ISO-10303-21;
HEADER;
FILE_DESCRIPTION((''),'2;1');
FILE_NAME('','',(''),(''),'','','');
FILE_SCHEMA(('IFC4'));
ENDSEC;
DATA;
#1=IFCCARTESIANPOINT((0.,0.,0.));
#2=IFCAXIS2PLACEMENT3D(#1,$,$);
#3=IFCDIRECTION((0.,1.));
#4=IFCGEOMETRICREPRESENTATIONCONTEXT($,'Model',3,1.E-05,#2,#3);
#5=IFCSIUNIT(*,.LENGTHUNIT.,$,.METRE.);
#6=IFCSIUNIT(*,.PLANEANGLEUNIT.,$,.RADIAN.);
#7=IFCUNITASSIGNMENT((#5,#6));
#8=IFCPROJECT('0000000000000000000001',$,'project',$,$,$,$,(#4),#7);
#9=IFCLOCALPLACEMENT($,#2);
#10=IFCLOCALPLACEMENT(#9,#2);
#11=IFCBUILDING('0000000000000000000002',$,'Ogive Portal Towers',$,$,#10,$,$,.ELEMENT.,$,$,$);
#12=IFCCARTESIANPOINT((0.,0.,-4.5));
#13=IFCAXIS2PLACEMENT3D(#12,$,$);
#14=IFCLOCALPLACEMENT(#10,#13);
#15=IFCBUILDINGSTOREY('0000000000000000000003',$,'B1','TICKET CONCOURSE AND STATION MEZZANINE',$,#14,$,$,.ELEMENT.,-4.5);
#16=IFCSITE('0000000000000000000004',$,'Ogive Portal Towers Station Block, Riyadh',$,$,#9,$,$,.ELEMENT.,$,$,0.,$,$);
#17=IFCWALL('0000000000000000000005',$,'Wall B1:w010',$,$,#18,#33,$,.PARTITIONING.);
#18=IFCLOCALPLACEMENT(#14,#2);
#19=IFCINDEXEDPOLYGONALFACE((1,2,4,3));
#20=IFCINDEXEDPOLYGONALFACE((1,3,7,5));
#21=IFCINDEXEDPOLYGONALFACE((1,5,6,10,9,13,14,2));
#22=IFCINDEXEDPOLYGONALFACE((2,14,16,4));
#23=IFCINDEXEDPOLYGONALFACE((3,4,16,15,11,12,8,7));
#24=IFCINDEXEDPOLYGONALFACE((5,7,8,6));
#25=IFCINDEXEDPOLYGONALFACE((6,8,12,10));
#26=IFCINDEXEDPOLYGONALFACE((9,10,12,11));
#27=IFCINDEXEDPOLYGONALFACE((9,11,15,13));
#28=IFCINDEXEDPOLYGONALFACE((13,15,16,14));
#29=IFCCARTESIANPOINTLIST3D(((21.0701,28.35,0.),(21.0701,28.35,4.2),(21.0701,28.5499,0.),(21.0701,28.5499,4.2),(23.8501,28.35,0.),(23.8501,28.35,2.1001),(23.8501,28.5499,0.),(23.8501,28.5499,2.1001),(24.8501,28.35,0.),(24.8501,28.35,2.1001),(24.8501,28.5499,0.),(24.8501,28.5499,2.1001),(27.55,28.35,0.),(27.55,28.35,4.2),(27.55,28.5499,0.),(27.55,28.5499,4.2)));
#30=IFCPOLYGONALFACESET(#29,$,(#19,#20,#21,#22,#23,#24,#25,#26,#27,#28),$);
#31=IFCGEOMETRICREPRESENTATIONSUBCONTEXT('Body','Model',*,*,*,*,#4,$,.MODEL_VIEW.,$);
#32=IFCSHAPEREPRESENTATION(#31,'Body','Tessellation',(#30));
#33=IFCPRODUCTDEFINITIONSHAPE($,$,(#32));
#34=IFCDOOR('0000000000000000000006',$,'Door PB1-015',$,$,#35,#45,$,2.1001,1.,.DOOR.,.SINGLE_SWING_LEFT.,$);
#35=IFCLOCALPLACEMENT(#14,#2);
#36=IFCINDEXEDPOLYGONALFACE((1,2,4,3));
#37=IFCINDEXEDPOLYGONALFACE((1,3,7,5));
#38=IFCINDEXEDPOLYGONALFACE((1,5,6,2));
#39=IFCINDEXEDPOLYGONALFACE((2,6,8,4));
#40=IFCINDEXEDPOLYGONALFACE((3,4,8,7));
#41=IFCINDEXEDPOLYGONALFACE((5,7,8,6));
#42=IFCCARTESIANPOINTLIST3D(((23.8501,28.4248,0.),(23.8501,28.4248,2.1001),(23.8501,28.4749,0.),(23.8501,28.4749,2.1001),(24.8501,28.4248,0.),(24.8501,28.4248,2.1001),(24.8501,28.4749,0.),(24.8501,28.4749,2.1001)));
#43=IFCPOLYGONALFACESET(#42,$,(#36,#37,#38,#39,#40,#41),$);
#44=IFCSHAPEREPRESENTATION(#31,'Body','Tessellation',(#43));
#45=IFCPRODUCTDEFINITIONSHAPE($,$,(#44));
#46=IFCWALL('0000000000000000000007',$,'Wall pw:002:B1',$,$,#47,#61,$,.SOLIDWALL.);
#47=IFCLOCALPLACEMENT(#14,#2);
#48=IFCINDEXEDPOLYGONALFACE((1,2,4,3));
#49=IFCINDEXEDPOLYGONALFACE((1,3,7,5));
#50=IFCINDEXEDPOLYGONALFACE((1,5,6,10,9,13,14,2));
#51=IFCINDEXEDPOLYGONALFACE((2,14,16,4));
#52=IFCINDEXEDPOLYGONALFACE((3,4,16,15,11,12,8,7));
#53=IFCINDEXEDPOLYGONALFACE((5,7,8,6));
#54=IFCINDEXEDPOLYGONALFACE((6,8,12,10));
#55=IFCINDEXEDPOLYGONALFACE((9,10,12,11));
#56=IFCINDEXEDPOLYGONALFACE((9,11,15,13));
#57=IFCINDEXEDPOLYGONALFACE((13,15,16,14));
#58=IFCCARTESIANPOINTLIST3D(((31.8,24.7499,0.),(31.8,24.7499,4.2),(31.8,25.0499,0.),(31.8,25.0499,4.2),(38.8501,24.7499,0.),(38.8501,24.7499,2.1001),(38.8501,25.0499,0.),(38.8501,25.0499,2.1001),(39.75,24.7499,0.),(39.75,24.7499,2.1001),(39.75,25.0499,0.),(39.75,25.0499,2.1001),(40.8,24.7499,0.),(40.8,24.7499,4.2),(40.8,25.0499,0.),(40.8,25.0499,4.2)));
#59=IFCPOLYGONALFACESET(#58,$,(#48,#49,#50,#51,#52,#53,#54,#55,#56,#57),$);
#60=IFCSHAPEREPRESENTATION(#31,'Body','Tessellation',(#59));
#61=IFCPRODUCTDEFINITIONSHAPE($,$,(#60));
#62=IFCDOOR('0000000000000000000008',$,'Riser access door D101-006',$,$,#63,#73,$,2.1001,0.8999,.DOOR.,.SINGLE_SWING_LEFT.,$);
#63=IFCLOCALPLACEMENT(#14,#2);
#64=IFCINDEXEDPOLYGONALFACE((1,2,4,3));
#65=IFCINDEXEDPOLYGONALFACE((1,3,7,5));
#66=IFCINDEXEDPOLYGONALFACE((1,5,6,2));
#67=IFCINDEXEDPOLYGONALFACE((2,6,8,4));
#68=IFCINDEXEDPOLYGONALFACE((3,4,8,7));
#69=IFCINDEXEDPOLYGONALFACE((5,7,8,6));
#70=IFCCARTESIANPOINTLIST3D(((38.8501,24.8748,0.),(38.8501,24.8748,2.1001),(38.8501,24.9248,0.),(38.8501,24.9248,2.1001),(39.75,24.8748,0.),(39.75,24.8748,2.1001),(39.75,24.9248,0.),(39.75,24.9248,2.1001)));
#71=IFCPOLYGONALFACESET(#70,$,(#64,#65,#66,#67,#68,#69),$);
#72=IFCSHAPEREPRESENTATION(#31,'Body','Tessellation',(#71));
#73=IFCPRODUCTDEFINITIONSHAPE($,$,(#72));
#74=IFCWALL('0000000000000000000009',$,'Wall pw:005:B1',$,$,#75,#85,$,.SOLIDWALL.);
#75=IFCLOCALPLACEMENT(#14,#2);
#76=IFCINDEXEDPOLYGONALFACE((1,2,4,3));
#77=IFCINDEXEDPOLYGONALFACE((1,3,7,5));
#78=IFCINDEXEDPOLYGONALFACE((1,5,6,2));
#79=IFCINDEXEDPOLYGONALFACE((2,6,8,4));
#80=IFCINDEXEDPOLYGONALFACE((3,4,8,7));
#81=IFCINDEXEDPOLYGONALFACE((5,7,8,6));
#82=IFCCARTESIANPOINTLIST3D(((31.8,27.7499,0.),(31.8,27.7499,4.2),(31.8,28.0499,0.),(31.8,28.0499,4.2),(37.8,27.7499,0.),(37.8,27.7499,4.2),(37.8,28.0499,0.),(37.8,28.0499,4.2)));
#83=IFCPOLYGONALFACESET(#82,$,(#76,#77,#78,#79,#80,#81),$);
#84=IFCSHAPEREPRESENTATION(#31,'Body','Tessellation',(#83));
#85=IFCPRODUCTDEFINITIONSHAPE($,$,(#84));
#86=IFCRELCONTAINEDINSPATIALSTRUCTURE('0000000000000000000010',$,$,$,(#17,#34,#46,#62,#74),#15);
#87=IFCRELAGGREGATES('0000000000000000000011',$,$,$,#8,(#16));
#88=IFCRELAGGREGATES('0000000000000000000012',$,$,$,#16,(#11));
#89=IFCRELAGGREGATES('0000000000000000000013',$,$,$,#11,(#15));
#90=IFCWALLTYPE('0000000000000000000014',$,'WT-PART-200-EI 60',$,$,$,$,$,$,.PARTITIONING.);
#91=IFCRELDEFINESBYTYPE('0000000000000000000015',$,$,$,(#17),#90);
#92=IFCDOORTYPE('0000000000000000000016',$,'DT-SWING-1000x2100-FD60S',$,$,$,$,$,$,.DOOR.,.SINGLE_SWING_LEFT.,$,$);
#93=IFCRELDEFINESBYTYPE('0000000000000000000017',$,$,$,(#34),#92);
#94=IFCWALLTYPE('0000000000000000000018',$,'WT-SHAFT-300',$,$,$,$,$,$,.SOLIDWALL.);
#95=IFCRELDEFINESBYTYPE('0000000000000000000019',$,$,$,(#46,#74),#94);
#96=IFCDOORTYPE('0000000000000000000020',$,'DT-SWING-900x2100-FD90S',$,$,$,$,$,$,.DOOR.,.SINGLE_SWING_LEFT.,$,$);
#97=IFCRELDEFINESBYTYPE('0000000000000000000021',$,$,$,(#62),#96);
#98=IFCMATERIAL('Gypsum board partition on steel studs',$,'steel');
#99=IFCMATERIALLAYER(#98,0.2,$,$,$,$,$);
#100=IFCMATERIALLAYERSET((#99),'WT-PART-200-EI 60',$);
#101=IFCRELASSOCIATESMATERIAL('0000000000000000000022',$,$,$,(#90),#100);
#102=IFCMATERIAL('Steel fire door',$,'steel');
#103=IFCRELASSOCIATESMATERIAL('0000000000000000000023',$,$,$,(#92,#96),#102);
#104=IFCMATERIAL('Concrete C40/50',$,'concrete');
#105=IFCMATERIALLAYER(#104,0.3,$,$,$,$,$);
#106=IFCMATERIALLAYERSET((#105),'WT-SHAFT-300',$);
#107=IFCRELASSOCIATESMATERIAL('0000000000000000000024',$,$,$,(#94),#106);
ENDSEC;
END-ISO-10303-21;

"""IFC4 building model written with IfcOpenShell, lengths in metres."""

from ifc_helpers import new_model, si_unit, direction, frame, frame_2d, origin, place, context, subcontext, project, spatial, rectangle, extrude, material, layer, layer_set, type_object, element, fill, save


model = new_model("IFC4")

# Units and contexts
model_context = context("Model", 3, precision=1e-05, world=origin(), true_north=direction((0.0, 1.0)))
body_context = subcontext(model_context, "Body", "Model", "MODEL_VIEW")
ifc_project = project(units=[si_unit("LENGTHUNIT", "METRE"), si_unit("PLANEANGLEUNIT", "RADIAN")], contexts=[model_context])

# Site, building, storey
site_placement = place(None, origin())
site = spatial("IfcSite", under=ifc_project, at=site_placement, Name="Ogive Portal Towers Station Block, Riyadh", CompositionType="ELEMENT", RefElevation=0.0)
building_placement = place(site_placement, origin())
building = spatial("IfcBuilding", under=site, at=building_placement, Name="Ogive Portal Towers", CompositionType="ELEMENT")
storey_placement = place(building_placement, frame((0.0, 0.0, -4.5)))
storey = spatial("IfcBuildingStorey", under=building, at=storey_placement, Name="B1", Description="TICKET CONCOURSE AND STATION MEZZANINE", CompositionType="ELEMENT", Elevation=-4.5)

# Shared definitions
ifc_material_1 = material(Name="Steel fire door", Category="steel")

# Shared definitions
ifc_material_2 = material(Name="Gypsum board partition on steel studs", Category="steel")
ifc_layer_1 = layer(ifc_material_2, 0.2)
ifc_layer_set_1 = layer_set([ifc_layer_1], Name="WT-PART-200-EI 60")
wall_type_1 = type_object("IfcWallType", Name="WT-PART-200-EI 60", PredefinedType="PARTITIONING", material=ifc_layer_set_1)

# Walls, openings, doors
wall_1_placement = place(storey_placement, frame((21.0701, 28.45, 0.0), z_axis=(0.0, 0.0, 1.0), x_axis=(1.0, 0.0, 0.0)))
wall_1 = element("IfcWall", 1, at=wall_1_placement, inside=storey, type_object=wall_type_1, Name="Wall B1:w010", PredefinedType="PARTITIONING", context=body_context, shape_type="SweptSolid", body=[
    extrude(rectangle(XDim=6.48, YDim=0.2, at=frame_2d((3.24, 0.0))), origin(), (0.0, 0.0, 1.0), 4.2),
])
opening_1_placement = place(wall_1_placement, frame((2.78, 0.0, 0.0)))
opening_1 = element("IfcOpeningElement", 2, at=opening_1_placement, cuts=wall_1, PredefinedType="OPENING", context=body_context, shape_type="SweptSolid", body=[
    extrude(rectangle(XDim=1.0, YDim=2.1001, at=frame_2d((0.5, 1.05))), frame((0.0, 0.1099, 0.0), z_axis=(0.0, -1.0, 0.0), x_axis=(1.0, 0.0, 0.0)), (0.0, 0.0, 1.0), 0.22),
])
door_type_1 = type_object("IfcDoorType", Name="DT-SWING-1000x2100-FD60S", OperationType="SINGLE_SWING_LEFT", PredefinedType="DOOR", material=ifc_material_1)
door_1_placement = place(opening_1_placement, origin())
door_1 = element("IfcDoor", 3, at=door_1_placement, inside=storey, type_object=door_type_1, Name="Door PB1-015", OperationType="SINGLE_SWING_LEFT", OverallHeight=2.1001, OverallWidth=1.0, PredefinedType="DOOR", context=body_context, shape_type="SweptSolid", body=[
    extrude(rectangle(XDim=1.0, YDim=2.1001, at=frame_2d((0.5, 1.05))), frame((0.0, 0.0249, 0.0), z_axis=(0.0, -1.0, 0.0), x_axis=(1.0, 0.0, 0.0)), (0.0, 0.0, 1.0), 0.05),
])
fill(opening_1, door_1)
ifc_material_3 = material(Name="Concrete C40/50", Category="concrete")
ifc_layer_2 = layer(ifc_material_3, 0.3)
ifc_layer_set_2 = layer_set([ifc_layer_2], Name="WT-SHAFT-300")
wall_type_2 = type_object("IfcWallType", Name="WT-SHAFT-300", PredefinedType="SOLIDWALL", material=ifc_layer_set_2)
wall_2_placement = place(storey_placement, frame((31.8, 24.8999, 0.0), z_axis=(0.0, 0.0, 1.0), x_axis=(1.0, 0.0, 0.0)))
wall_2 = element("IfcWall", 4, at=wall_2_placement, inside=storey, type_object=wall_type_2, Name="Wall pw:002:B1", PredefinedType="SOLIDWALL", context=body_context, shape_type="SweptSolid", body=[
    extrude(rectangle(XDim=9.0, YDim=0.3, at=frame_2d((4.5, 0.0))), origin(), (0.0, 0.0, 1.0), 4.2),
])
opening_2_placement = place(wall_2_placement, frame((7.05, 0.0, 0.0)))
opening_2 = element("IfcOpeningElement", 5, at=opening_2_placement, cuts=wall_2, PredefinedType="OPENING", context=body_context, shape_type="SweptSolid", body=[
    extrude(rectangle(XDim=0.8999, YDim=2.1001, at=frame_2d((0.45, 1.05))), frame((0.0, 0.1602, 0.0), z_axis=(0.0, -1.0, 0.0), x_axis=(1.0, 0.0, 0.0)), (0.0, 0.0, 1.0), 0.3201),
])
door_type_2 = type_object("IfcDoorType", Name="DT-SWING-900x2100-FD90S", OperationType="SINGLE_SWING_LEFT", PredefinedType="DOOR", material=ifc_material_1)
door_2_placement = place(opening_2_placement, origin())
door_2 = element("IfcDoor", 6, at=door_2_placement, inside=storey, type_object=door_type_2, Name="Riser access door D101-006", OperationType="SINGLE_SWING_LEFT", OverallHeight=2.1001, OverallWidth=0.8999, PredefinedType="DOOR", context=body_context, shape_type="SweptSolid", body=[
    extrude(rectangle(XDim=0.8999, YDim=2.1001, at=frame_2d((0.45, 1.05))), frame((0.0, 0.0249, 0.0), z_axis=(0.0, -1.0, 0.0), x_axis=(1.0, 0.0, 0.0)), (0.0, 0.0, 1.0), 0.05),
])
fill(opening_2, door_2)

# Wall
wall_3_placement = place(storey_placement, frame((31.8, 27.8999, 0.0), z_axis=(0.0, 0.0, 1.0), x_axis=(1.0, 0.0, 0.0)))
element("IfcWall", 7, at=wall_3_placement, inside=storey, type_object=wall_type_2, Name="Wall pw:005:B1", PredefinedType="SOLIDWALL", context=body_context, shape_type="SweptSolid", body=[
    extrude(rectangle(XDim=6.0, YDim=0.3, at=frame_2d((3.0, 0.0))), origin(), (0.0, 0.0, 1.0), 4.2),
])

save(model, "model.ifc")
